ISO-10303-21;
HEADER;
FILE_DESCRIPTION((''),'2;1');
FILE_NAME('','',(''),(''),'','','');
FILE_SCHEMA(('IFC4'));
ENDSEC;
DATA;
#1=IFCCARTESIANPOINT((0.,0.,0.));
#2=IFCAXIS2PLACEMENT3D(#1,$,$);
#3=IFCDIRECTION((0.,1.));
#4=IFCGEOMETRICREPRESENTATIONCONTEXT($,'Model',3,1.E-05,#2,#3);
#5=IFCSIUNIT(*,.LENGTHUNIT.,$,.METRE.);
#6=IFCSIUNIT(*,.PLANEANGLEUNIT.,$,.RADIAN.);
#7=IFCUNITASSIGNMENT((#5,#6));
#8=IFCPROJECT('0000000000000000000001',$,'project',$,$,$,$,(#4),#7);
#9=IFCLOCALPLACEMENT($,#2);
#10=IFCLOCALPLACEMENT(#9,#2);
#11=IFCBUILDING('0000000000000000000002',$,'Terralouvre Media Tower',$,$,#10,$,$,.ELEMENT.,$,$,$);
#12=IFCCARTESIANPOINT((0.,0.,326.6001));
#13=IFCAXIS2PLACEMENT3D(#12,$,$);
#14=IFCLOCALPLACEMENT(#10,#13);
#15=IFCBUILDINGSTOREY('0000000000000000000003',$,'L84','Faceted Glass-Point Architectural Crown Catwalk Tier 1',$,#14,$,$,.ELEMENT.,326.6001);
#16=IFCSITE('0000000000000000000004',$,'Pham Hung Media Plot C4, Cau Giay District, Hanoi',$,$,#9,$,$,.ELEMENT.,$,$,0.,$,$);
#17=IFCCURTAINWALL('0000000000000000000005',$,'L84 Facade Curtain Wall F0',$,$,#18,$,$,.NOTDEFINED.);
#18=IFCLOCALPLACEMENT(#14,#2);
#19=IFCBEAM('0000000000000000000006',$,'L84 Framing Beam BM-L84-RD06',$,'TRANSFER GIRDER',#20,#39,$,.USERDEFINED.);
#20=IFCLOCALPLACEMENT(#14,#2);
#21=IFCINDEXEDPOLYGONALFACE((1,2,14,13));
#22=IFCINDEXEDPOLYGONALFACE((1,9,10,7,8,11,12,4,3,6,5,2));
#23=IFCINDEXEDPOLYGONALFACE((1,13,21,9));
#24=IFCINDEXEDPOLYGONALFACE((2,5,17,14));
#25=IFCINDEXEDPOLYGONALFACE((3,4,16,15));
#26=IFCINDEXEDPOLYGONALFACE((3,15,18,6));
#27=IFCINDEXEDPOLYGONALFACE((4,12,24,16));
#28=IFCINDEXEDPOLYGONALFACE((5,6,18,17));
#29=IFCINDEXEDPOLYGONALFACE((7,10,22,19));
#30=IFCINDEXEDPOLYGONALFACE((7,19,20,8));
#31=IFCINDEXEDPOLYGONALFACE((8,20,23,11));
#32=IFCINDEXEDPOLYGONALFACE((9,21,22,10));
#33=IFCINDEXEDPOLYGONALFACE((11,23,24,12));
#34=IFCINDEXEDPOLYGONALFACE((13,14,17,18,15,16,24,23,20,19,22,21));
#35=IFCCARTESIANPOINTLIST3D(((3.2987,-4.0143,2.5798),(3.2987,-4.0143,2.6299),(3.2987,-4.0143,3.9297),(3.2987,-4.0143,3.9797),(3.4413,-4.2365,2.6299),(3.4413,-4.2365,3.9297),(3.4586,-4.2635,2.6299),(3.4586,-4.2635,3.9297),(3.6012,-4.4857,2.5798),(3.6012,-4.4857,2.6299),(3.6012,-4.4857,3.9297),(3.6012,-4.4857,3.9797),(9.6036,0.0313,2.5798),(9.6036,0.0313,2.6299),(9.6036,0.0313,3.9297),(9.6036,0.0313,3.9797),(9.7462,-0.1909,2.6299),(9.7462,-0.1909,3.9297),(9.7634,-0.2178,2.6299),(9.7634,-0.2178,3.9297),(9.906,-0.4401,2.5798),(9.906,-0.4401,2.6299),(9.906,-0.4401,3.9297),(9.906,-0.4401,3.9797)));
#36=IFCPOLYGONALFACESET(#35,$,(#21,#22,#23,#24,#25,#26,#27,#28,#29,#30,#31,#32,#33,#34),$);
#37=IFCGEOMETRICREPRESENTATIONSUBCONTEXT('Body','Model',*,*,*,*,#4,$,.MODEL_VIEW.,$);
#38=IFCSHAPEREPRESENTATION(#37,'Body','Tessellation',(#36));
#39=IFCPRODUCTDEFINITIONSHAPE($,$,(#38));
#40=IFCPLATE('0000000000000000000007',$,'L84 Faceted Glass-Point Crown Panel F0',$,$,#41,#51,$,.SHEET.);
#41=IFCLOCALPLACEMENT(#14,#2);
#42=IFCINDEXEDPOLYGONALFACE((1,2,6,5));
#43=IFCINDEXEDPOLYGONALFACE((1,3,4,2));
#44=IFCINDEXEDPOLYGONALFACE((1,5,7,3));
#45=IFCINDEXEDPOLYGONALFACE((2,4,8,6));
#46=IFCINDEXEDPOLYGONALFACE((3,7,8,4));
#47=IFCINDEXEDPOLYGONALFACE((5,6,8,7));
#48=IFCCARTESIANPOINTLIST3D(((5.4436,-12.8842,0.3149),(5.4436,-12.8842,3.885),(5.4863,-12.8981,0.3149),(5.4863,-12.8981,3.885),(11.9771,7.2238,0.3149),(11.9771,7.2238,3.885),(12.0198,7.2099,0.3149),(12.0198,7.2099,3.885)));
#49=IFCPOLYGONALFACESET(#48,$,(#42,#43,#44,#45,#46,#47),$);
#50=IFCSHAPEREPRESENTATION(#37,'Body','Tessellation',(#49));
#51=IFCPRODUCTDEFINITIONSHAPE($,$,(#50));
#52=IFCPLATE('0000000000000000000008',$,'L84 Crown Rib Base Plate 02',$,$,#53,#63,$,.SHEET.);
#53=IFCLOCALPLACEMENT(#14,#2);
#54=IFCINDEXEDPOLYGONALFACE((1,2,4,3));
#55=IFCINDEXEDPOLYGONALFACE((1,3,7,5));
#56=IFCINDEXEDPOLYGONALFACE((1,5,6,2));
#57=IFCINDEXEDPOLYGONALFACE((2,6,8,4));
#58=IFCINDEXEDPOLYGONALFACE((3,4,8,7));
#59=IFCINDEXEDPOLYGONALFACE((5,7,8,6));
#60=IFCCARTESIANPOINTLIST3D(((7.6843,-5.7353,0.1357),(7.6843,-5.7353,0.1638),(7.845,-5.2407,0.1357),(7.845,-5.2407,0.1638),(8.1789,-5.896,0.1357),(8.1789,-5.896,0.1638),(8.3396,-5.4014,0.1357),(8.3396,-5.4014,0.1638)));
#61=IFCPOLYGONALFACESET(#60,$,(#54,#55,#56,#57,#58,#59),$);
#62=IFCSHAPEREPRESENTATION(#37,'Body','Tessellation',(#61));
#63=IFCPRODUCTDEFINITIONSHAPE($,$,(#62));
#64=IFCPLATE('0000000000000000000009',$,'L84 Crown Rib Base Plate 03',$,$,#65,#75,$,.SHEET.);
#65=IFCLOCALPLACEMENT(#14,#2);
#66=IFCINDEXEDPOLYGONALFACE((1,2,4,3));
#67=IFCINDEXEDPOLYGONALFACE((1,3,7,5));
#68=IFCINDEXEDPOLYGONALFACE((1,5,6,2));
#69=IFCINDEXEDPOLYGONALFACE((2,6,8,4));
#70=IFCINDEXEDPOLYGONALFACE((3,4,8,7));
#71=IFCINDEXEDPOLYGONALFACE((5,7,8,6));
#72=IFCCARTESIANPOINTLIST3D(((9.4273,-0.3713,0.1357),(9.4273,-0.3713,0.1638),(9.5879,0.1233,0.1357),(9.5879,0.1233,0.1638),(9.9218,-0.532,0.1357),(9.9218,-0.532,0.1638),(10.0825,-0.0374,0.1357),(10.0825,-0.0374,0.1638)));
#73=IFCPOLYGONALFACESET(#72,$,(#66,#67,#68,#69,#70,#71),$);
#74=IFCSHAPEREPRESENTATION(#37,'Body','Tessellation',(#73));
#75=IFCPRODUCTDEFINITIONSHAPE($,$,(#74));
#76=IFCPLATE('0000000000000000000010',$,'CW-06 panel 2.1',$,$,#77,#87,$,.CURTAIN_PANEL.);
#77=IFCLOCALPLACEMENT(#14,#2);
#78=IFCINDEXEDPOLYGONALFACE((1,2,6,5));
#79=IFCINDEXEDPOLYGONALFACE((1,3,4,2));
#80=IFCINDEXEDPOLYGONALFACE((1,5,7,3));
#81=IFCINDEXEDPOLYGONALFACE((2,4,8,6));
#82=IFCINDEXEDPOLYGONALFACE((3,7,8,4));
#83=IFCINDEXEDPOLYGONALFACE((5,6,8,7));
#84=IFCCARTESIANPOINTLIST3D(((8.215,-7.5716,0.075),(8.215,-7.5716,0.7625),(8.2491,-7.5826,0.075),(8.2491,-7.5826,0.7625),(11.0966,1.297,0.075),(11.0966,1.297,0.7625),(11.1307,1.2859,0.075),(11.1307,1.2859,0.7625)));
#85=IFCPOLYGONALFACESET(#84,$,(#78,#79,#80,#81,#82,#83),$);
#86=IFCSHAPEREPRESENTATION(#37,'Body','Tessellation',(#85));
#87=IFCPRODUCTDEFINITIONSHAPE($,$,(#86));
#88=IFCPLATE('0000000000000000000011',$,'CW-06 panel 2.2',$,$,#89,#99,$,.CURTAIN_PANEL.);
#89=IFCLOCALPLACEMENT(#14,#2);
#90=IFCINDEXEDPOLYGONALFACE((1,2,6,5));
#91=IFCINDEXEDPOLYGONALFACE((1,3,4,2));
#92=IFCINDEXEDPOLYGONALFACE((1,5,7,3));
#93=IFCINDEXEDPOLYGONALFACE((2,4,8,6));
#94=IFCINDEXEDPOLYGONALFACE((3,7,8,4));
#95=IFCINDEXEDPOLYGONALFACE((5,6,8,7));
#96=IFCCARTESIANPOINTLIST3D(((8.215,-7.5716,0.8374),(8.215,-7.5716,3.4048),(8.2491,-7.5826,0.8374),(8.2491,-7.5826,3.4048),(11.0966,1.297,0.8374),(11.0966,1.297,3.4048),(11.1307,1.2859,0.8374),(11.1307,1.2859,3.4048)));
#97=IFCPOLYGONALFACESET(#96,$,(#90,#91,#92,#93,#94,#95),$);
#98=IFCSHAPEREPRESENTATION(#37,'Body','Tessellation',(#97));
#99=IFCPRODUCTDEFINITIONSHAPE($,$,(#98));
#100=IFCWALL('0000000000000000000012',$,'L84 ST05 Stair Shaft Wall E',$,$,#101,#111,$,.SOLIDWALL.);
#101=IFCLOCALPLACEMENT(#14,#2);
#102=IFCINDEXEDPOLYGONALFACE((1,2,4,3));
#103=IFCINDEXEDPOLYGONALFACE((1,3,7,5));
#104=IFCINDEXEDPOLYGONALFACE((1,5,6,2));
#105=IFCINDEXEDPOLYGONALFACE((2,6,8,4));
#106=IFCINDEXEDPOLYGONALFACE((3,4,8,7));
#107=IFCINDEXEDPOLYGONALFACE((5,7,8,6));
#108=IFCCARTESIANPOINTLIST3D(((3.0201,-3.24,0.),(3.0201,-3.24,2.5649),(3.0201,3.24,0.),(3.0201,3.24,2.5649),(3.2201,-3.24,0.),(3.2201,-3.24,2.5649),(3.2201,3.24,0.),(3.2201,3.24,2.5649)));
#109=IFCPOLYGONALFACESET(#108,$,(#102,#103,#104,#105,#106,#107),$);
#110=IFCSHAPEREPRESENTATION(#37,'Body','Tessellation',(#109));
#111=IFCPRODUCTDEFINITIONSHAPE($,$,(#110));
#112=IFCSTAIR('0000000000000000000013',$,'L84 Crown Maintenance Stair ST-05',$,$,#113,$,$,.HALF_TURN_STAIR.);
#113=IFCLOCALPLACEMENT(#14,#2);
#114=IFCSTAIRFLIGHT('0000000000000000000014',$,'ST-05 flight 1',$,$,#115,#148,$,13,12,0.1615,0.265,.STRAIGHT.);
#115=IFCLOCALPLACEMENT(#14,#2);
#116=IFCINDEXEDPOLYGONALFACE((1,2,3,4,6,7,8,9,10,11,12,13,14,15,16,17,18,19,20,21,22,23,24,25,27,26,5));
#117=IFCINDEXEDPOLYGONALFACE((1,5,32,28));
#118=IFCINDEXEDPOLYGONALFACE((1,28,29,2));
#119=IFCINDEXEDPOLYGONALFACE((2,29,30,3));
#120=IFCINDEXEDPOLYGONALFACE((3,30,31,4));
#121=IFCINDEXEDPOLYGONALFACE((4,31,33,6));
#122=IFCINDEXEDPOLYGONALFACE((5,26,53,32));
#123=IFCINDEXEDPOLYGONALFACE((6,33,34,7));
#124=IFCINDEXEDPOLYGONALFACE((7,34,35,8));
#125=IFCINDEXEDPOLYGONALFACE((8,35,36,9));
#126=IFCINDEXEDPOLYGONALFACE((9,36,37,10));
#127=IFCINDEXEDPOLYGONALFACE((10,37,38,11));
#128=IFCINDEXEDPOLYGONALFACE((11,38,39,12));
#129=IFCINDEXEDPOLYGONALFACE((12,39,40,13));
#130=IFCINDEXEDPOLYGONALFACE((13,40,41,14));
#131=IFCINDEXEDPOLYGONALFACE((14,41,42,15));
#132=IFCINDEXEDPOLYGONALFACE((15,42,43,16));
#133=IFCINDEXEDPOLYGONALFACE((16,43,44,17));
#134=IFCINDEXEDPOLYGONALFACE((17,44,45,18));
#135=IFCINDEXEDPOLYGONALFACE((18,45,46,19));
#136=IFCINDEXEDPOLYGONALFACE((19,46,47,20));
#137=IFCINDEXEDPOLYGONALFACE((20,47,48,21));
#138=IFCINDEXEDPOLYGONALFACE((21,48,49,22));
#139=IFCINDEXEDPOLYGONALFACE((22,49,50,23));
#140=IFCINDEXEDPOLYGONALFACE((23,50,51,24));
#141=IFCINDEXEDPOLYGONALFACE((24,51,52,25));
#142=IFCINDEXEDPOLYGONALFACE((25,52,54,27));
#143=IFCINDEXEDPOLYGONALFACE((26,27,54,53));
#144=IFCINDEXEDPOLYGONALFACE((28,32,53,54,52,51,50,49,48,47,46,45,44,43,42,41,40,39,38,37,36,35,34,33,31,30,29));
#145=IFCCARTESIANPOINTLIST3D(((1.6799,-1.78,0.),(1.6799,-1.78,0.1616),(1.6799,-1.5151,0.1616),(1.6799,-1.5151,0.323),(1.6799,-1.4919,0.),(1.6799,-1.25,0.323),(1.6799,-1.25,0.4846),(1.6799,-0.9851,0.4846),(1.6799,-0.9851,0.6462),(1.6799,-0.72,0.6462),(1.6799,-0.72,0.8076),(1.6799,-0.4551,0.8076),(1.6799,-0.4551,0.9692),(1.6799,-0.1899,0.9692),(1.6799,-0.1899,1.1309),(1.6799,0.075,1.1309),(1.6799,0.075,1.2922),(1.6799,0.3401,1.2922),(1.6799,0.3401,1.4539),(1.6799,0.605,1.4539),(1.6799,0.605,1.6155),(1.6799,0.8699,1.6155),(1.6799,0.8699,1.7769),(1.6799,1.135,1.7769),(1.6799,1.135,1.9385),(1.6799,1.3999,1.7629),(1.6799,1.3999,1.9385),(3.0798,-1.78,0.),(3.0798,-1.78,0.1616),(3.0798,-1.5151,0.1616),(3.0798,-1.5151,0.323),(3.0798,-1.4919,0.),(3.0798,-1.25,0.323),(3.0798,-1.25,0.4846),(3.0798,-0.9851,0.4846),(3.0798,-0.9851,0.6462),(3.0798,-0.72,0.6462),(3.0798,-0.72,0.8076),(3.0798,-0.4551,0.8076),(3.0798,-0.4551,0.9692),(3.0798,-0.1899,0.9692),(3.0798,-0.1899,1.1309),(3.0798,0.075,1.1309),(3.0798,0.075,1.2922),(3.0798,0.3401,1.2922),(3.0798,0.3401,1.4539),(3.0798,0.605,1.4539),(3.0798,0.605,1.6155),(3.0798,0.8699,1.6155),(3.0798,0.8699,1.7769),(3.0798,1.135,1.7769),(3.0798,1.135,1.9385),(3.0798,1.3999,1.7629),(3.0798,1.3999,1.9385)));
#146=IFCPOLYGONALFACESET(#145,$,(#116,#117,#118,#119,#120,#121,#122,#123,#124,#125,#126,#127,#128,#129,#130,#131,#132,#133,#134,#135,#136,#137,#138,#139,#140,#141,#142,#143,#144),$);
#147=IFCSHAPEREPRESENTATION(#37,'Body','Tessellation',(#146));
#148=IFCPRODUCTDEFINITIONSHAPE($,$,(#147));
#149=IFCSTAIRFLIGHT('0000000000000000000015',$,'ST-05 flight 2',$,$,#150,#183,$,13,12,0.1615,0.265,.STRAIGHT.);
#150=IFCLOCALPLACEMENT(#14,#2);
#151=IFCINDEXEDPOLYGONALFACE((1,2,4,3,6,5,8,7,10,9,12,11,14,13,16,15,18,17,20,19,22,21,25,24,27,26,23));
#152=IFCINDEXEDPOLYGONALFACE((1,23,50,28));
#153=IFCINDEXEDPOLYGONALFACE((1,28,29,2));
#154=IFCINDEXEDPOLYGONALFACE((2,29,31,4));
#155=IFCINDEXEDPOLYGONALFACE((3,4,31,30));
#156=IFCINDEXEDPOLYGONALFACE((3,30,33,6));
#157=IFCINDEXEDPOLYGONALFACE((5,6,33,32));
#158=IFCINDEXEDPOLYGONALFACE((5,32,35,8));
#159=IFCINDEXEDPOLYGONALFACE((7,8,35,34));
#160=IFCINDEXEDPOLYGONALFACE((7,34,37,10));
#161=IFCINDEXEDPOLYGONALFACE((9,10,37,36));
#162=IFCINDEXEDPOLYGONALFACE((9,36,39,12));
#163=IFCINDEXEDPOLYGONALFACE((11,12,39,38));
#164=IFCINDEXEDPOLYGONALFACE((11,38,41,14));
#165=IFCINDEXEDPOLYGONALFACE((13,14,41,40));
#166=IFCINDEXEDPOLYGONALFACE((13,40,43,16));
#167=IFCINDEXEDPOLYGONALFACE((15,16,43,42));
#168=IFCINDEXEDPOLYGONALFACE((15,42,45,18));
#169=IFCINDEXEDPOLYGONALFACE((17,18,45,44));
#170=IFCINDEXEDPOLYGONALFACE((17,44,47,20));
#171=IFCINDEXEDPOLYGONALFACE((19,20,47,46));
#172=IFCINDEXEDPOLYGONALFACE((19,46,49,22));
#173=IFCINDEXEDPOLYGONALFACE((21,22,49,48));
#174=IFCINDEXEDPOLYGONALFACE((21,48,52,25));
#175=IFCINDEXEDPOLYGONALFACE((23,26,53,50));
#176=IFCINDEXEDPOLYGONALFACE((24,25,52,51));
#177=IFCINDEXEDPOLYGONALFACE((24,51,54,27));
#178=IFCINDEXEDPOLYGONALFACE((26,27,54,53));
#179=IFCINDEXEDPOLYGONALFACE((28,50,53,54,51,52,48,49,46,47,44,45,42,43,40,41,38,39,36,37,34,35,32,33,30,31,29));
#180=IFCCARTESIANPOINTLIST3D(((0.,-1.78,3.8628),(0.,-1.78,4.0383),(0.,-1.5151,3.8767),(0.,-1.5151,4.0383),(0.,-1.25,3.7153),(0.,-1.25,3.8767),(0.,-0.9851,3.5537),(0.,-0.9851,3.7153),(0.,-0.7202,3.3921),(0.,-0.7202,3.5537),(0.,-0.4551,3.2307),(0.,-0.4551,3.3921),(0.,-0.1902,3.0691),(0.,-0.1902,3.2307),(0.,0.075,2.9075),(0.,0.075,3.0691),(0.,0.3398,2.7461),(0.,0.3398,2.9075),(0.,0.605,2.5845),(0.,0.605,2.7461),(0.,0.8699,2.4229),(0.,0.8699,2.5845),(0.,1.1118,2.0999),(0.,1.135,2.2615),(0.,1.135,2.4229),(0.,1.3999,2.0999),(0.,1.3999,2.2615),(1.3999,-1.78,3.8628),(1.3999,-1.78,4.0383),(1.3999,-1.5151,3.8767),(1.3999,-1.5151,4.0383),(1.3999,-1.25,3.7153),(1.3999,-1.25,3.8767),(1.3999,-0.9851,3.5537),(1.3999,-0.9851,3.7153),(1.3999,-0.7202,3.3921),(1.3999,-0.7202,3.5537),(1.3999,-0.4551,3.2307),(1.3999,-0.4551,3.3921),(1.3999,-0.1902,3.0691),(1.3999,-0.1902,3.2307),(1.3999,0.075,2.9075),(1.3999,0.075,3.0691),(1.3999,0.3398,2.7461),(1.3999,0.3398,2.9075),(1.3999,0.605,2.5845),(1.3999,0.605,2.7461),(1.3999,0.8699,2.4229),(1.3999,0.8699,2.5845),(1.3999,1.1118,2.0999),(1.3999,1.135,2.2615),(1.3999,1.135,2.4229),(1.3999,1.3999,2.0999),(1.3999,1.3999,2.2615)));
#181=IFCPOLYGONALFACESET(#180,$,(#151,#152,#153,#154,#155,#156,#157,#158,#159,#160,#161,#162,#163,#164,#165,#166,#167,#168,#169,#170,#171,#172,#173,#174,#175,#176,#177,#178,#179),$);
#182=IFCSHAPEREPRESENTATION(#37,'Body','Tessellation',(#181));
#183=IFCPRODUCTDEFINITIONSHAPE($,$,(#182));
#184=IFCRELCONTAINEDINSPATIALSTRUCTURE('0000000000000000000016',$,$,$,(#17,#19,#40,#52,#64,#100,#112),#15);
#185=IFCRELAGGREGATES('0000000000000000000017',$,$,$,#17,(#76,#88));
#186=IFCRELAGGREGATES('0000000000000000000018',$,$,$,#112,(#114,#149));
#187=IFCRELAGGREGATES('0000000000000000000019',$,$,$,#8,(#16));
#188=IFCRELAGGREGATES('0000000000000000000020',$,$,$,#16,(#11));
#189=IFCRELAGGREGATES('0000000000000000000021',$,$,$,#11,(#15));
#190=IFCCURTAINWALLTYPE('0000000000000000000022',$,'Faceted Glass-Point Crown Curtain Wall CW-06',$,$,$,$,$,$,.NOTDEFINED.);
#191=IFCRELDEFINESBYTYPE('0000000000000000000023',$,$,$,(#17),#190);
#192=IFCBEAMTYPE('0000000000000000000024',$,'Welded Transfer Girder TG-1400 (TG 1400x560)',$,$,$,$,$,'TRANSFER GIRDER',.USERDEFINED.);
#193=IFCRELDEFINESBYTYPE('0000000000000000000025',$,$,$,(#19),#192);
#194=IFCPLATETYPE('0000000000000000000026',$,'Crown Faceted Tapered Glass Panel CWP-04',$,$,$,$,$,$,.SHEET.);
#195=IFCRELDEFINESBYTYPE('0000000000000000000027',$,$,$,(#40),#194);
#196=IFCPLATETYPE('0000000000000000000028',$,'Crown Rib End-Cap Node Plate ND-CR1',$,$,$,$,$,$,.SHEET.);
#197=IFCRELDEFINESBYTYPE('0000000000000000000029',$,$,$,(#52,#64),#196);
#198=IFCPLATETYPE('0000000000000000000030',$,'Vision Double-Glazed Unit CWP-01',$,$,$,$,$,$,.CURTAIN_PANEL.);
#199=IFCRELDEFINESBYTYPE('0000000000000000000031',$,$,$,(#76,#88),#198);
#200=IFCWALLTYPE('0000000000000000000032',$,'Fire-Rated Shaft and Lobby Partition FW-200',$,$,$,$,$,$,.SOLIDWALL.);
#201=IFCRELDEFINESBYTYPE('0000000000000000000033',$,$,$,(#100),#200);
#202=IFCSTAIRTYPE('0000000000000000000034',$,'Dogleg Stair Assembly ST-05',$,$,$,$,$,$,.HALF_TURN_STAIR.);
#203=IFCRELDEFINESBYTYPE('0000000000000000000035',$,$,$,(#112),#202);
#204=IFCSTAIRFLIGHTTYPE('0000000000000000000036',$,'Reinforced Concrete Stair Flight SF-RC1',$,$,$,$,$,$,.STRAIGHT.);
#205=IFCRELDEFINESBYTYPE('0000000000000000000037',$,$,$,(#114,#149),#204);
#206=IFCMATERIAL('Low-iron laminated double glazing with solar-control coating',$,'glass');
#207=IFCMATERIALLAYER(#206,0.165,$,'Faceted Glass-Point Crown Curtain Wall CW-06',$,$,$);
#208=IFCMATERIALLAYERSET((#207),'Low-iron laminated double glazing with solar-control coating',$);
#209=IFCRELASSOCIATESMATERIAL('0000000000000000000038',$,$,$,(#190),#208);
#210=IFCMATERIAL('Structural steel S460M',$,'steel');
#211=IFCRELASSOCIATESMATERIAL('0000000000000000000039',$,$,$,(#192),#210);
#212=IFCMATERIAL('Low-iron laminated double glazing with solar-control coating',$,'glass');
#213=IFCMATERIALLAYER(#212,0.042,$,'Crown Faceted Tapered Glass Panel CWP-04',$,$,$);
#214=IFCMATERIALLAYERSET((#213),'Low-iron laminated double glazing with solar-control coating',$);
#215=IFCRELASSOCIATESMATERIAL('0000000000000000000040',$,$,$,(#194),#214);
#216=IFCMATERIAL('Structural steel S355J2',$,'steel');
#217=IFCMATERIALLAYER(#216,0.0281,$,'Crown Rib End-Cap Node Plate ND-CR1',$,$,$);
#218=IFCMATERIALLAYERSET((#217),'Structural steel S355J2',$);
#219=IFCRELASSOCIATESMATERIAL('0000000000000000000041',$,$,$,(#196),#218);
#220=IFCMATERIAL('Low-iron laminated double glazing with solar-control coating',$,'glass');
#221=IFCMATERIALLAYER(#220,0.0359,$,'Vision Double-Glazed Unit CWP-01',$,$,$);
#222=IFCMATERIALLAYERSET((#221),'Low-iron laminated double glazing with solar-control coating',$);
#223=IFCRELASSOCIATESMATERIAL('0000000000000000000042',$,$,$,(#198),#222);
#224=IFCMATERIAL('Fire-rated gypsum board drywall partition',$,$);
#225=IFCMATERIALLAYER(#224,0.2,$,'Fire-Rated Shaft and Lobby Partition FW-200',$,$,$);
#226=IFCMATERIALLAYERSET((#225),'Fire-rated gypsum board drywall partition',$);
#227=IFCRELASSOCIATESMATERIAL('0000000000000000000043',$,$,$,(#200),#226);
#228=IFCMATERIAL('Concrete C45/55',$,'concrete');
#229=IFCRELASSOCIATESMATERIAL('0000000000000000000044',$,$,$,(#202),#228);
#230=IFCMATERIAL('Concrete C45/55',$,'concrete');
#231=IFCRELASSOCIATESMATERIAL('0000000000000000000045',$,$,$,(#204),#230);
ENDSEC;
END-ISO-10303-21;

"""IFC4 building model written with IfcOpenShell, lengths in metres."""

from ifc_helpers import new_model, si_unit, direction, frame, frame_2d, origin, origin_2d, place, context, subcontext, project, spatial, polyline, rectangle, i_section, outline, extrude, material, layer, layer_set, material_profile, profile_set, type_object, element, aggregate, save


model = new_model("IFC4")

# Units and contexts
model_context = context("Model", 3, precision=1e-05, world=origin(), true_north=direction((0.0, 1.0)))
body_context = subcontext(model_context, "Body", "Model", "MODEL_VIEW")
ifc_project = project(units=[si_unit("LENGTHUNIT", "METRE"), si_unit("PLANEANGLEUNIT", "RADIAN")], contexts=[model_context])

# Site, building, storey
site_placement = place(None, origin())
site = spatial("IfcSite", under=ifc_project, at=site_placement, Name="Pham Hung Media Plot C4, Cau Giay District, Hanoi", CompositionType="ELEMENT", RefElevation=0.0)
building_placement = place(site_placement, origin())
building = spatial("IfcBuilding", under=site, at=building_placement, Name="Terralouvre Media Tower", CompositionType="ELEMENT")
storey_placement = place(building_placement, frame((0.0, 0.0, 326.6001)))
storey = spatial("IfcBuildingStorey", under=building, at=storey_placement, Name="L84", Description="Faceted Glass-Point Architectural Crown Catwalk Tier 1", CompositionType="ELEMENT", Elevation=326.6001)

# Curtain wall
ifc_material_1 = material(Name="Low-iron laminated double glazing with solar-control coating", Category="glass")
ifc_layer_1 = layer(ifc_material_1, 0.165, Name="Faceted Glass-Point Crown Curtain Wall CW-06")
ifc_layer_set_1 = layer_set([ifc_layer_1], Name="Low-iron laminated double glazing with solar-control coating")
curtain_wall_type = type_object("IfcCurtainWallType", Name="Faceted Glass-Point Crown Curtain Wall CW-06", PredefinedType="NOTDEFINED", material=ifc_layer_set_1)
curtain_wall_placement = place(storey_placement, origin())
curtain_wall = element("IfcCurtainWall", 1, at=curtain_wall_placement, inside=storey, type_object=curtain_wall_type, Name="L84 Facade Curtain Wall F0", PredefinedType="NOTDEFINED")

# Beam
ifc_material_2 = material(Name="Structural steel S460M", Category="steel")
ifc_material_profile_1 = material_profile(ifc_material_2, i_section(OverallWidth=0.5601, OverallDepth=1.3999, WebThickness=0.032, FlangeThickness=0.05, at=origin_2d()), Name="TG 1400x560")
ifc_profile_set_1 = profile_set([ifc_material_profile_1], Name="Structural steel S460M")
beam_type = type_object("IfcBeamType", Name="Welded Transfer Girder TG-1400 (TG 1400x560)", ElementType="TRANSFER GIRDER", PredefinedType="USERDEFINED", material=ifc_profile_set_1)
beam_1_placement = place(storey_placement, frame((3.45, -4.25, 3.2798), z_axis=(0.841635, 0.540047, 0.0), x_axis=(-0.540047, 0.841635, 0.0)))
element("IfcBeam", 2, at=beam_1_placement, inside=storey, type_object=beam_type, Name="L84 Framing Beam BM-L84-RD06", ObjectType="TRANSFER GIRDER", PredefinedType="USERDEFINED", context=body_context, shape_type="SweptSolid", body=[
    extrude(i_section(OverallWidth=0.5601, OverallDepth=1.3999, WebThickness=0.032, FlangeThickness=0.05, at=origin_2d()), origin(), (0.0, 0.0, 1.0), 7.4912),
])

# Plates
ifc_material_3 = material(Name="Low-iron laminated double glazing with solar-control coating", Category="glass")
ifc_layer_2 = layer(ifc_material_3, 0.042, Name="Crown Faceted Tapered Glass Panel CWP-04")
ifc_layer_set_2 = layer_set([ifc_layer_2], Name="Low-iron laminated double glazing with solar-control coating")
plate_type_1 = type_object("IfcPlateType", Name="Crown Faceted Tapered Glass Panel CWP-04", PredefinedType="SHEET", material=ifc_layer_set_2)
plate_1_placement = place(storey_placement, frame((8.7317, -2.8372, 0.3149), z_axis=(0.0, 0.0, 1.0), x_axis=(0.309017, 0.951057, 0.0)))
element("IfcPlate", 3, at=plate_1_placement, inside=storey, type_object=plate_type_1, Name="L84 Faceted Glass-Point Crown Panel F0", PredefinedType="SHEET", context=body_context, shape_type="SweptSolid", body=[
    extrude(rectangle(XDim=21.1428, YDim=0.0449, at=origin_2d()), origin(), (0.0, 0.0, 1.0), 3.5701),
])
ifc_material_4 = material(Name="Structural steel S355J2", Category="steel")
ifc_layer_3 = layer(ifc_material_4, 0.0281, Name="Crown Rib End-Cap Node Plate ND-CR1")
ifc_layer_set_3 = layer_set([ifc_layer_3], Name="Structural steel S355J2")
plate_type_2 = type_object("IfcPlateType", Name="Crown Rib End-Cap Node Plate ND-CR1", PredefinedType="SHEET", material=ifc_layer_set_3)
for number, where, z_axis, x_axis, name in (
    (4, (8.012, -5.5684, 0.1357), (0.0, 0.0, 1.0), (0.309017, 0.951057, 0.0), "L84 Crown Rib Base Plate 02"),
    (5, (9.7549, -0.2043, 0.1357), (0.0, 0.0, 1.0), (0.309017, 0.951057, 0.0), "L84 Crown Rib Base Plate 03"),
):
    element("IfcPlate", number, at=place(storey_placement, frame(where, z_axis=z_axis, x_axis=x_axis)), inside=storey, type_object=plate_type_2, Name=name, PredefinedType="SHEET", context=body_context, shape_type="SweptSolid", body=[
        extrude(rectangle(XDim=0.52, YDim=0.52, at=origin_2d()), origin(), (0.0, 0.0, 1.0), 0.0281),
    ])

# Plates
ifc_material_5 = material(Name="Low-iron laminated double glazing with solar-control coating", Category="glass")
ifc_layer_4 = layer(ifc_material_5, 0.0359, Name="Vision Double-Glazed Unit CWP-01")
ifc_layer_set_4 = layer_set([ifc_layer_4], Name="Low-iron laminated double glazing with solar-control coating")
plate_type_3 = type_object("IfcPlateType", Name="Vision Double-Glazed Unit CWP-01", PredefinedType="CURTAIN_PANEL", material=ifc_layer_set_4)
plate_2_placement = place(storey_placement, frame((9.6729, -3.1428, 0.075), z_axis=(0.0, 0.0, 1.0), x_axis=(0.309017, 0.951057, 0.0)))
plate_2 = element("IfcPlate", 6, at=plate_2_placement, type_object=plate_type_3, Name="CW-06 panel 2.1", PredefinedType="CURTAIN_PANEL", context=body_context, shape_type="SweptSolid", body=[
    extrude(rectangle(XDim=9.325, YDim=0.0359, at=origin_2d()), origin(), (0.0, 0.0, 1.0), 0.6875),
])
plate_3_placement = place(storey_placement, frame((9.6729, -3.1428, 0.8374), z_axis=(0.0, 0.0, 1.0), x_axis=(0.309017, 0.951057, 0.0)))
plate_3 = element("IfcPlate", 7, at=plate_3_placement, type_object=plate_type_3, Name="CW-06 panel 2.2", PredefinedType="CURTAIN_PANEL", context=body_context, shape_type="SweptSolid", body=[
    extrude(rectangle(XDim=9.325, YDim=0.0359, at=origin_2d()), origin(), (0.0, 0.0, 1.0), 2.5674),
])
aggregate(curtain_wall, [plate_2, plate_3])

# Wall
ifc_material_6 = material(Name="Fire-rated gypsum board drywall partition")
ifc_layer_5 = layer(ifc_material_6, 0.2, Name="Fire-Rated Shaft and Lobby Partition FW-200")
ifc_layer_set_5 = layer_set([ifc_layer_5], Name="Fire-rated gypsum board drywall partition")
wall_type = type_object("IfcWallType", Name="Fire-Rated Shaft and Lobby Partition FW-200", PredefinedType="SOLIDWALL", material=ifc_layer_set_5)
wall_placement = place(storey_placement, frame((3.1201, -3.24, 0.0), z_axis=(0.0, 0.0, 1.0), x_axis=(0.0, 1.0, 0.0)))
element("IfcWall", 8, at=wall_placement, inside=storey, type_object=wall_type, Name="L84 ST05 Stair Shaft Wall E", PredefinedType="SOLIDWALL", context=body_context, shape_type="SweptSolid", body=[
    extrude(rectangle(XDim=6.48, YDim=0.2, at=frame_2d((3.24, 0.0))), origin(), (0.0, 0.0, 1.0), 2.5649),
])

# Stair, stair flights
ifc_material_7 = material(Name="Concrete C45/55", Category="concrete")
stair_type = type_object("IfcStairType", Name="Dogleg Stair Assembly ST-05", PredefinedType="HALF_TURN_STAIR", material=ifc_material_7)
stair_placement = place(storey_placement, origin())
stair = element("IfcStair", 9, at=stair_placement, inside=storey, type_object=stair_type, Name="L84 Crown Maintenance Stair ST-05", PredefinedType="HALF_TURN_STAIR")
ifc_material_8 = material(Name="Concrete C45/55", Category="concrete")
stair_flight_type = type_object("IfcStairFlightType", Name="Reinforced Concrete Stair Flight SF-RC1", PredefinedType="STRAIGHT", material=ifc_material_8)
stair_flight_1_placement = place(storey_placement, frame((2.3799, -1.78, 0.0), z_axis=(0.0, 0.0, 1.0), x_axis=(0.0, 1.0, 0.0)))
stair_flight_1 = element("IfcStairFlight", 10, at=stair_flight_1_placement, type_object=stair_flight_type, Name="ST-05 flight 1", NumberOfRisers=13, NumberOfTreads=12, PredefinedType="STRAIGHT", RiserHeight=0.1615, TreadLength=0.265, context=body_context, shape_type="SweptSolid", body=[
    extrude(outline(polyline([(0.0, 0.0), (0.0, 0.1616), (0.2649, 0.1616), (0.2649, 0.323), (0.53, 0.323), (0.53, 0.4846), (0.7949, 0.4846), (0.7949, 0.6462), (1.0601, 0.6462), (1.0601, 0.8076), (1.325, 0.8076), (1.325, 0.9692), (1.5901, 0.9692), (1.5901, 1.1309), (1.855, 1.1309), (1.855, 1.2922), (2.1201, 1.2922), (2.1201, 1.4539), (2.385, 1.4539), (2.385, 1.6155), (2.6499, 1.6155), (2.6499, 1.7769), (2.915, 1.7769), (2.915, 1.9385), (3.1799, 1.9385), (3.1799, 2.1001), (3.1799, 1.7629), (0.2881, 0.0), (0.0, 0.0)])), frame((0.0, 0.7, 0.0), z_axis=(0.0, -1.0, 0.0), x_axis=(1.0, 0.0, 0.0)), (0.0, 0.0, 1.0), 1.3999),
])
stair_flight_2_placement = place(storey_placement, frame((0.7, 1.3999, 2.0999), z_axis=(0.0, 0.0, 1.0), x_axis=(0.0, -1.0, 0.0)))
stair_flight_2 = element("IfcStairFlight", 11, at=stair_flight_2_placement, type_object=stair_flight_type, Name="ST-05 flight 2", NumberOfRisers=13, NumberOfTreads=12, PredefinedType="STRAIGHT", RiserHeight=0.1615, TreadLength=0.265, context=body_context, shape_type="SweptSolid", body=[
    extrude(outline(polyline([(0.0, 0.0), (0.0, 0.1616), (0.2649, 0.1616), (0.2649, 0.323), (0.53, 0.323), (0.53, 0.4846), (0.7949, 0.4846), (0.7949, 0.6462), (1.0601, 0.6462), (1.0601, 0.8076), (1.325, 0.8076), (1.325, 0.9692), (1.5901, 0.9692), (1.5901, 1.1309), (1.855, 1.1309), (1.855, 1.2922), (2.1201, 1.2922), (2.1201, 1.4539), (2.385, 1.4539), (2.385, 1.6155), (2.6499, 1.6155), (2.6499, 1.7769), (2.915, 1.7769), (2.915, 1.9385), (3.1799, 1.9385), (3.1799, 2.1001), (3.1799, 1.7629), (0.2881, 0.0), (0.0, 0.0)])), frame((0.0, 0.7, 0.0), z_axis=(0.0, -1.0, 0.0), x_axis=(1.0, 0.0, 0.0)), (0.0, 0.0, 1.0), 1.3999),
])
aggregate(stair, [stair_flight_1, stair_flight_2])

save(model, "model.ifc")
